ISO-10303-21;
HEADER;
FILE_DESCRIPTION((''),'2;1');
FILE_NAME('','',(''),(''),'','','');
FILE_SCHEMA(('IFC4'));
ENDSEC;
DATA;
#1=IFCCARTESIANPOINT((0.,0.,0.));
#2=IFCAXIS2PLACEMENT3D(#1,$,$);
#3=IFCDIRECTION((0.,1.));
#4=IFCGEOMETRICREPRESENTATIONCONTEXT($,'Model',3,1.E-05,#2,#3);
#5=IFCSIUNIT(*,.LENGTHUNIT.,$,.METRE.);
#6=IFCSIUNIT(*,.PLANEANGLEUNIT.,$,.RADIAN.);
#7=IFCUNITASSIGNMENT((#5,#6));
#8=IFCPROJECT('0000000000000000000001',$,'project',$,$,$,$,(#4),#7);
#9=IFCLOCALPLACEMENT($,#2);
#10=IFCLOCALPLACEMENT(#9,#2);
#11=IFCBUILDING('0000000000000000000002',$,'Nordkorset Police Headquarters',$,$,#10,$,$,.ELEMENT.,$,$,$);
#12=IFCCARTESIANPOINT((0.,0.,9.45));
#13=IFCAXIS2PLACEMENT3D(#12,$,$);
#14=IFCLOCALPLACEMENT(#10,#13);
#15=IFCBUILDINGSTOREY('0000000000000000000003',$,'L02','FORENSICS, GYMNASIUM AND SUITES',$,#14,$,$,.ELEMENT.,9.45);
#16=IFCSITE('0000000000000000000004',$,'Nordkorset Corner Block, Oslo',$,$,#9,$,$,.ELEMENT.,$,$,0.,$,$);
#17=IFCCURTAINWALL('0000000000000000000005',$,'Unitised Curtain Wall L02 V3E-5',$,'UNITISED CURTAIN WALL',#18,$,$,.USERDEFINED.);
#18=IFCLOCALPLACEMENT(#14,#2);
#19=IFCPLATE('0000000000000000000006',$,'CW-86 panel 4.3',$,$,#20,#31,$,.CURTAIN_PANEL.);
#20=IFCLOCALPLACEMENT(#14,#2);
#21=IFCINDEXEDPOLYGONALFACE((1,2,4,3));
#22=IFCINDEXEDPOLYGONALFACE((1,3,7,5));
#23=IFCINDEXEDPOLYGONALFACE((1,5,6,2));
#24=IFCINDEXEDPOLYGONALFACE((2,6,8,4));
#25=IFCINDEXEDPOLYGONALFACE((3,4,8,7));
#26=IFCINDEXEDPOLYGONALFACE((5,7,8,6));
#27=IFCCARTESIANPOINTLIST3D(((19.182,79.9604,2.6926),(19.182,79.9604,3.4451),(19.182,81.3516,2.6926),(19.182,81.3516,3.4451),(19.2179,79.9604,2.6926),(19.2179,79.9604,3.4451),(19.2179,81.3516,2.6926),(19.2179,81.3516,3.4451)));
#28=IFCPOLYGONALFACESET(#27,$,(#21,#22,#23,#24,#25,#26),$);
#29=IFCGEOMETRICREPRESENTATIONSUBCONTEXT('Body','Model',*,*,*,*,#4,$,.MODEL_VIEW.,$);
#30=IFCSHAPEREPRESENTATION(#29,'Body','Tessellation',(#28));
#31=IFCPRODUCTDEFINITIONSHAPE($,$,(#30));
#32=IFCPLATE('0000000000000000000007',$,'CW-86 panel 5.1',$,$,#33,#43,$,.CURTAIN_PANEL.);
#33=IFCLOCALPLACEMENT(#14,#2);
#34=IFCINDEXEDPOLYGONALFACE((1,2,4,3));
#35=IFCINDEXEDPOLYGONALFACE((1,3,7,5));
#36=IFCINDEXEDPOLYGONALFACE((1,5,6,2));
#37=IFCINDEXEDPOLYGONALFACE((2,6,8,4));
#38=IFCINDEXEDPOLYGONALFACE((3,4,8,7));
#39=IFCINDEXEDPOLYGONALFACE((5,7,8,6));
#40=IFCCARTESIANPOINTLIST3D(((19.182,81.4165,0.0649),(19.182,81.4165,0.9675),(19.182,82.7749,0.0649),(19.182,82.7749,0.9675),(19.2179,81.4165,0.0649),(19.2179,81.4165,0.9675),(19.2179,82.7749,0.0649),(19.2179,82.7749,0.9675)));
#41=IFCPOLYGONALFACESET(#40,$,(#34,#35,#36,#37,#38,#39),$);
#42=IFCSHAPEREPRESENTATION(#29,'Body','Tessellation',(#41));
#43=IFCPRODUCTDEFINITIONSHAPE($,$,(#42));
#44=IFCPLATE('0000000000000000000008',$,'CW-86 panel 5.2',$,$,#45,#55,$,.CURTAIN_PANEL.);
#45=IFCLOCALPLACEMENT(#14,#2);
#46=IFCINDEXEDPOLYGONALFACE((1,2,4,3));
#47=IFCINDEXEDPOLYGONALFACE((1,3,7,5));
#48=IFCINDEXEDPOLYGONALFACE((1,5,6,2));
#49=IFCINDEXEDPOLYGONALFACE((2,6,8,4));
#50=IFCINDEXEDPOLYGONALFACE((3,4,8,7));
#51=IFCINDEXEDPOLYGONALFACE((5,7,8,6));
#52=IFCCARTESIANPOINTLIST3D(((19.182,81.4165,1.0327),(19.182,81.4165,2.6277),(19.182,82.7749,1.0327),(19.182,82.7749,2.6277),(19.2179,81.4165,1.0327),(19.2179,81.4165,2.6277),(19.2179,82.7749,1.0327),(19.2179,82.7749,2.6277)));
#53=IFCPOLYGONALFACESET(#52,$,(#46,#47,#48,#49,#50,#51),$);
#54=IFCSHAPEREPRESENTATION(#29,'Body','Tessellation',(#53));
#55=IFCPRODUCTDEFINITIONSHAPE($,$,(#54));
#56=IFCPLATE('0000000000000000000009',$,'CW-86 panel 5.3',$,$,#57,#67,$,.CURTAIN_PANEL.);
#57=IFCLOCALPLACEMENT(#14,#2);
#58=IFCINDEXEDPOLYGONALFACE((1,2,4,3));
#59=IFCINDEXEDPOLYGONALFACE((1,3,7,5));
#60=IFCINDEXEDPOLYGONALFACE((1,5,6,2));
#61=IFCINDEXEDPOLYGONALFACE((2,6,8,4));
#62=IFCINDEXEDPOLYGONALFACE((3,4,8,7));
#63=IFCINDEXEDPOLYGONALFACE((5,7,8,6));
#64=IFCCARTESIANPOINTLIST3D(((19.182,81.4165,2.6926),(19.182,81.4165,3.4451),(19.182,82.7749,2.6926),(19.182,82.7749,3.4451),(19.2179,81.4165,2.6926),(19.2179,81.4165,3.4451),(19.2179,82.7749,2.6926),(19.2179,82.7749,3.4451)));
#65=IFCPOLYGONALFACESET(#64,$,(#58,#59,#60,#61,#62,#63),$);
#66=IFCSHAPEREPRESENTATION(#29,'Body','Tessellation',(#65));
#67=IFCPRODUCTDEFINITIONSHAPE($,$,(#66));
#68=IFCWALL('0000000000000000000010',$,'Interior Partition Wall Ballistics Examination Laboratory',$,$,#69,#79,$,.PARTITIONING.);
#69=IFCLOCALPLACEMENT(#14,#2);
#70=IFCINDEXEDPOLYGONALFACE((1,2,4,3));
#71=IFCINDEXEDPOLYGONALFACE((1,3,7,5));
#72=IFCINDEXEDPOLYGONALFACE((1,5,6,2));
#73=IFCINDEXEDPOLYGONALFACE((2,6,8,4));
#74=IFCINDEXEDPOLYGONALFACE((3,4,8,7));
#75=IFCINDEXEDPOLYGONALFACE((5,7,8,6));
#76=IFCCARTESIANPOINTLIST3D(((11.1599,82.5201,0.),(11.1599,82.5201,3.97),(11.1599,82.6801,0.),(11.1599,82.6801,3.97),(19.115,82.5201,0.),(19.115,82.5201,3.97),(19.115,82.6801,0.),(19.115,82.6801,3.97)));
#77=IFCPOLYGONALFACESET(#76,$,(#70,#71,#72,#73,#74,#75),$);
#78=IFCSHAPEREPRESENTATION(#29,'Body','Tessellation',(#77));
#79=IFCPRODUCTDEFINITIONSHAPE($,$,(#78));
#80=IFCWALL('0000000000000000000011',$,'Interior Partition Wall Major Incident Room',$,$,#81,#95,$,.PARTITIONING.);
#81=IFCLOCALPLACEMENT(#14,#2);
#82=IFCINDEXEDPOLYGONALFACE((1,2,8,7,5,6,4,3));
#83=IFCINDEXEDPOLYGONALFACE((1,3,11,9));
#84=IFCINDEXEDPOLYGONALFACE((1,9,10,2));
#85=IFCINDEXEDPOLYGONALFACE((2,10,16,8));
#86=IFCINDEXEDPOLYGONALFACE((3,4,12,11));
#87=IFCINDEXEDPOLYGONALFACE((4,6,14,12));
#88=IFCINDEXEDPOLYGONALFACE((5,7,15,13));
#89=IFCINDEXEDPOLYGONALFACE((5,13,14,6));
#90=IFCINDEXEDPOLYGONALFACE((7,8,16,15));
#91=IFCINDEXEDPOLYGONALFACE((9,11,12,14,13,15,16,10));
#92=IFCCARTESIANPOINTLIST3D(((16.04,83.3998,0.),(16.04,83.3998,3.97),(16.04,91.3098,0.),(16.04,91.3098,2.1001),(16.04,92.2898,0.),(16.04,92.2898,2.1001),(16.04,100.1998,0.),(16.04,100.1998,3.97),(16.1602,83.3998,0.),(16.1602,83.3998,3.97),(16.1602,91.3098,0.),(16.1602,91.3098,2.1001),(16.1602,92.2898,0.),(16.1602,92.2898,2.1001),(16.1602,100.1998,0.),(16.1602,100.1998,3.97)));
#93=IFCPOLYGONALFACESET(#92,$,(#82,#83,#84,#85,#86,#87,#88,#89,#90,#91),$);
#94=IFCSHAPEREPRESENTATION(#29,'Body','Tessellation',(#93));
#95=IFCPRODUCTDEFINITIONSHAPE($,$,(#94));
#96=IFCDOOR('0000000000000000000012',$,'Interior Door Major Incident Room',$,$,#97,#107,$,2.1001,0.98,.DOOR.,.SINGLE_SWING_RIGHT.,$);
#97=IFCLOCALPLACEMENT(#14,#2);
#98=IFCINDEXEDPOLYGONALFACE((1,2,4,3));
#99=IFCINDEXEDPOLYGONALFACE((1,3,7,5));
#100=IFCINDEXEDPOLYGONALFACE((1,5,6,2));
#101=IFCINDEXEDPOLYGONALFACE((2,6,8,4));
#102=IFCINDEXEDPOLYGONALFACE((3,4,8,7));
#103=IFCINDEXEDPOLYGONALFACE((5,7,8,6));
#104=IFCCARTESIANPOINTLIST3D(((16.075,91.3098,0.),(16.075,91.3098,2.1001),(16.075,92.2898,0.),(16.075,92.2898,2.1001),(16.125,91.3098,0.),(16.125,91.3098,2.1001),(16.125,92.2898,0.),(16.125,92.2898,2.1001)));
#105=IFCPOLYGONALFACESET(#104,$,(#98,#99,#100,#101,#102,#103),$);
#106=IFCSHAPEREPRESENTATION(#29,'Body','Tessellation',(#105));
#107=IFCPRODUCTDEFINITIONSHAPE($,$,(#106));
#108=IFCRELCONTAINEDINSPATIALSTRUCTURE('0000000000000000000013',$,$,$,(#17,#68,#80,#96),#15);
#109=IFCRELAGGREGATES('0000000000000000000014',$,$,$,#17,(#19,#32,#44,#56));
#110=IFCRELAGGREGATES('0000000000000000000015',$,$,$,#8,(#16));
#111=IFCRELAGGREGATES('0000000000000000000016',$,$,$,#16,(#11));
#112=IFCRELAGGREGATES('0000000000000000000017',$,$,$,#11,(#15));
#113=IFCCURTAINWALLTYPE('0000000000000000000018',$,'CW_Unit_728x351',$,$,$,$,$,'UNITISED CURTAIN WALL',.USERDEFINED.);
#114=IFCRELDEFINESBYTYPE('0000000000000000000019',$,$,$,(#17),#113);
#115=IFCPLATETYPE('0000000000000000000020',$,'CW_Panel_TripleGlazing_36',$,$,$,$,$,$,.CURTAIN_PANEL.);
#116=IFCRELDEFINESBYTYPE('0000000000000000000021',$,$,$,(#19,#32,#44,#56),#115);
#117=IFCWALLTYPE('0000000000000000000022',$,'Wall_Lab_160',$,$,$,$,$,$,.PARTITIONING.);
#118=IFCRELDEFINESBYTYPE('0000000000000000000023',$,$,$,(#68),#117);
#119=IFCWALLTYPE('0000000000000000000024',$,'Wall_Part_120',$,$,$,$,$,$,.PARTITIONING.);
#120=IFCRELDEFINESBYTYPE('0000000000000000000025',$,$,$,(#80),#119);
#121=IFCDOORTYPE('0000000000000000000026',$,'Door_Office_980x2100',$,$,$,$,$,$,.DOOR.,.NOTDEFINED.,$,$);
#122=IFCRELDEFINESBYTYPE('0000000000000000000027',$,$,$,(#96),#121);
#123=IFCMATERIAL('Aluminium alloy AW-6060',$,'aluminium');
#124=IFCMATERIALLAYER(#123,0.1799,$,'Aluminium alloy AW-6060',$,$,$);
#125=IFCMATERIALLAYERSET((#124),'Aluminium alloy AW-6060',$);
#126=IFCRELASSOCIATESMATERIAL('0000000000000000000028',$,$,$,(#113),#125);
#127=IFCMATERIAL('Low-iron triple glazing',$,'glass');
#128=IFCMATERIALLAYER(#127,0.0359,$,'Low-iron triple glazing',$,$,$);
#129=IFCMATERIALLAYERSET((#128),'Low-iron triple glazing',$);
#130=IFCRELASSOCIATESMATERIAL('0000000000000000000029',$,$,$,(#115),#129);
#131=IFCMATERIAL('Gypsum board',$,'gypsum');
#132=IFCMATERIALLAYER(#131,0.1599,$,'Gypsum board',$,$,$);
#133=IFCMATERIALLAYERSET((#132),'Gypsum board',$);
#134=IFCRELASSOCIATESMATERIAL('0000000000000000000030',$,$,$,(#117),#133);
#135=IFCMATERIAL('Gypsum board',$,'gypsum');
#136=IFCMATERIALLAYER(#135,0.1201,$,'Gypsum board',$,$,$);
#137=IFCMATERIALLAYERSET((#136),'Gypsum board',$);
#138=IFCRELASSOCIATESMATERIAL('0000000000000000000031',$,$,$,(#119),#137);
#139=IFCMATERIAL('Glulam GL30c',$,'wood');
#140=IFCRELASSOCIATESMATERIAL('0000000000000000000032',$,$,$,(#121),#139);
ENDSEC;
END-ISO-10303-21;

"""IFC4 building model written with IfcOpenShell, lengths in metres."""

from ifc_helpers import new_model, si_unit, direction, frame, frame_2d, origin, origin_2d, place, context, subcontext, project, spatial, rectangle, extrude, material, layer, layer_set, type_object, element, fill, aggregate, save


model = new_model("IFC4")

# Units and contexts
model_context = context("Model", 3, precision=1e-05, world=origin(), true_north=direction((0.0, 1.0)))
body_context = subcontext(model_context, "Body", "Model", "MODEL_VIEW")
ifc_project = project(units=[si_unit("LENGTHUNIT", "METRE"), si_unit("PLANEANGLEUNIT", "RADIAN")], contexts=[model_context])

# Site, building, storey
site_placement = place(None, origin())
site = spatial("IfcSite", under=ifc_project, at=site_placement, Name="Nordkorset Corner Block, Oslo", CompositionType="ELEMENT", RefElevation=0.0)
building_placement = place(site_placement, origin())
building = spatial("IfcBuilding", under=site, at=building_placement, Name="Nordkorset Police Headquarters", CompositionType="ELEMENT")
storey_placement = place(building_placement, frame((0.0, 0.0, 9.45)))
storey = spatial("IfcBuildingStorey", under=building, at=storey_placement, Name="L02", Description="FORENSICS, GYMNASIUM AND SUITES", CompositionType="ELEMENT", Elevation=9.45)

# Curtain wall
ifc_material_1 = material(Name="Aluminium alloy AW-6060", Category="aluminium")
ifc_layer_1 = layer(ifc_material_1, 0.1799, Name="Aluminium alloy AW-6060")
ifc_layer_set_1 = layer_set([ifc_layer_1], Name="Aluminium alloy AW-6060")
curtain_wall_type_1 = type_object("IfcCurtainWallType", Name="CW_Unit_728x351", ElementType="UNITISED CURTAIN WALL", PredefinedType="USERDEFINED", material=ifc_layer_set_1)
curtain_wall_1_placement = place(storey_placement, origin())
curtain_wall_1 = element("IfcCurtainWall", 1, at=curtain_wall_1_placement, inside=storey, type_object=curtain_wall_type_1, Name="Unitised Curtain Wall L02 V3E-5", ObjectType="UNITISED CURTAIN WALL", PredefinedType="USERDEFINED")

# Plates
ifc_material_2 = material(Name="Low-iron triple glazing", Category="glass")
ifc_layer_2 = layer(ifc_material_2, 0.0359, Name="Low-iron triple glazing")
ifc_layer_set_2 = layer_set([ifc_layer_2], Name="Low-iron triple glazing")
plate_type = type_object("IfcPlateType", Name="CW_Panel_TripleGlazing_36", PredefinedType="CURTAIN_PANEL", material=ifc_layer_set_2)
plate_1_placement = place(storey_placement, frame((19.2, 80.656, 2.6926), z_axis=(0.0, 0.0, 1.0), x_axis=(0.0, 1.0, 0.0)))
plate_1 = element("IfcPlate", 2, at=plate_1_placement, type_object=plate_type, Name="CW-86 panel 4.3", PredefinedType="CURTAIN_PANEL", context=body_context, shape_type="SweptSolid", body=[
    extrude(rectangle(XDim=1.3911, YDim=0.0359, at=origin_2d()), origin(), (0.0, 0.0, 1.0), 0.7524),
])
plate_2_placement = place(storey_placement, frame((19.2, 82.0957, 0.0649), z_axis=(0.0, 0.0, 1.0), x_axis=(0.0, 1.0, 0.0)))
plate_2 = element("IfcPlate", 3, at=plate_2_placement, type_object=plate_type, Name="CW-86 panel 5.1", PredefinedType="CURTAIN_PANEL", context=body_context, shape_type="SweptSolid", body=[
    extrude(rectangle(XDim=1.3584, YDim=0.0359, at=origin_2d()), origin(), (0.0, 0.0, 1.0), 0.9026),
])
plate_3_placement = place(storey_placement, frame((19.2, 82.0957, 1.0327), z_axis=(0.0, 0.0, 1.0), x_axis=(0.0, 1.0, 0.0)))
plate_3 = element("IfcPlate", 4, at=plate_3_placement, type_object=plate_type, Name="CW-86 panel 5.2", PredefinedType="CURTAIN_PANEL", context=body_context, shape_type="SweptSolid", body=[
    extrude(rectangle(XDim=1.3584, YDim=0.0359, at=origin_2d()), origin(), (0.0, 0.0, 1.0), 1.595),
])
plate_4_placement = place(storey_placement, frame((19.2, 82.0957, 2.6926), z_axis=(0.0, 0.0, 1.0), x_axis=(0.0, 1.0, 0.0)))
plate_4 = element("IfcPlate", 5, at=plate_4_placement, type_object=plate_type, Name="CW-86 panel 5.3", PredefinedType="CURTAIN_PANEL", context=body_context, shape_type="SweptSolid", body=[
    extrude(rectangle(XDim=1.3584, YDim=0.0359, at=origin_2d()), origin(), (0.0, 0.0, 1.0), 0.7524),
])
aggregate(curtain_wall_1, [plate_1, plate_2, plate_3, plate_4])

# Wall
ifc_material_3 = material(Name="Gypsum board", Category="gypsum")
ifc_layer_3 = layer(ifc_material_3, 0.1599, Name="Gypsum board")
ifc_layer_set_3 = layer_set([ifc_layer_3], Name="Gypsum board")
wall_type_1 = type_object("IfcWallType", Name="Wall_Lab_160", PredefinedType="PARTITIONING", material=ifc_layer_set_3)
wall_1_placement = place(storey_placement, frame((19.115, 82.6001, 0.0), z_axis=(0.0, 0.0, 1.0), x_axis=(-1.0, 0.0, 0.0)))
element("IfcWall", 6, at=wall_1_placement, inside=storey, type_object=wall_type_1, Name="Interior Partition Wall Ballistics Examination Laboratory", PredefinedType="PARTITIONING", context=body_context, shape_type="SweptSolid", body=[
    extrude(rectangle(XDim=7.9551, YDim=0.1599, at=frame_2d((3.9775, 0.0))), origin(), (0.0, 0.0, 1.0), 3.97),
])

# Wall, opening, door
ifc_material_4 = material(Name="Gypsum board", Category="gypsum")
ifc_layer_4 = layer(ifc_material_4, 0.1201, Name="Gypsum board")
ifc_layer_set_4 = layer_set([ifc_layer_4], Name="Gypsum board")
wall_type_2 = type_object("IfcWallType", Name="Wall_Part_120", PredefinedType="PARTITIONING", material=ifc_layer_set_4)
wall_2_placement = place(storey_placement, frame((16.1001, 83.3999, 0.0), z_axis=(0.0, 0.0, 1.0), x_axis=(0.0, 1.0, 0.0)))
wall_2 = element("IfcWall", 7, at=wall_2_placement, inside=storey, type_object=wall_type_2, Name="Interior Partition Wall Major Incident Room", PredefinedType="PARTITIONING", context=body_context, shape_type="SweptSolid", body=[
    extrude(rectangle(XDim=16.8, YDim=0.1201, at=frame_2d((8.3999, 0.0))), origin(), (0.0, 0.0, 1.0), 3.97),
])
opening_placement = place(wall_2_placement, frame((7.9099, 0.0, 0.0)))
opening = element("IfcOpeningElement", 8, at=opening_placement, cuts=wall_2, PredefinedType="OPENING", context=body_context, shape_type="SweptSolid", body=[
    extrude(rectangle(XDim=0.98, YDim=2.1001, at=frame_2d((0.49, 1.05))), frame((0.0, 0.0701, 0.0), z_axis=(0.0, -1.0, 0.0), x_axis=(1.0, 0.0, 0.0)), (0.0, 0.0, 1.0), 0.1401),
])
ifc_material_5 = material(Name="Glulam GL30c", Category="wood")
door_type = type_object("IfcDoorType", Name="Door_Office_980x2100", OperationType="NOTDEFINED", PredefinedType="DOOR", material=ifc_material_5)
door_placement = place(opening_placement, frame((0.98, 0.0, 0.0), z_axis=(0.0, 0.0, 1.0), x_axis=(-1.0, 0.0, 0.0)))
door = element("IfcDoor", 9, at=door_placement, inside=storey, type_object=door_type, Name="Interior Door Major Incident Room", OperationType="SINGLE_SWING_RIGHT", OverallHeight=2.1001, OverallWidth=0.98, PredefinedType="DOOR", context=body_context, shape_type="SweptSolid", body=[
    extrude(rectangle(XDim=0.98, YDim=2.1001, at=frame_2d((0.49, 1.05))), frame((0.0, 0.0249, 0.0), z_axis=(0.0, -1.0, 0.0), x_axis=(1.0, 0.0, 0.0)), (0.0, 0.0, 1.0), 0.05),
])
fill(opening, door)

save(model, "model.ifc")
